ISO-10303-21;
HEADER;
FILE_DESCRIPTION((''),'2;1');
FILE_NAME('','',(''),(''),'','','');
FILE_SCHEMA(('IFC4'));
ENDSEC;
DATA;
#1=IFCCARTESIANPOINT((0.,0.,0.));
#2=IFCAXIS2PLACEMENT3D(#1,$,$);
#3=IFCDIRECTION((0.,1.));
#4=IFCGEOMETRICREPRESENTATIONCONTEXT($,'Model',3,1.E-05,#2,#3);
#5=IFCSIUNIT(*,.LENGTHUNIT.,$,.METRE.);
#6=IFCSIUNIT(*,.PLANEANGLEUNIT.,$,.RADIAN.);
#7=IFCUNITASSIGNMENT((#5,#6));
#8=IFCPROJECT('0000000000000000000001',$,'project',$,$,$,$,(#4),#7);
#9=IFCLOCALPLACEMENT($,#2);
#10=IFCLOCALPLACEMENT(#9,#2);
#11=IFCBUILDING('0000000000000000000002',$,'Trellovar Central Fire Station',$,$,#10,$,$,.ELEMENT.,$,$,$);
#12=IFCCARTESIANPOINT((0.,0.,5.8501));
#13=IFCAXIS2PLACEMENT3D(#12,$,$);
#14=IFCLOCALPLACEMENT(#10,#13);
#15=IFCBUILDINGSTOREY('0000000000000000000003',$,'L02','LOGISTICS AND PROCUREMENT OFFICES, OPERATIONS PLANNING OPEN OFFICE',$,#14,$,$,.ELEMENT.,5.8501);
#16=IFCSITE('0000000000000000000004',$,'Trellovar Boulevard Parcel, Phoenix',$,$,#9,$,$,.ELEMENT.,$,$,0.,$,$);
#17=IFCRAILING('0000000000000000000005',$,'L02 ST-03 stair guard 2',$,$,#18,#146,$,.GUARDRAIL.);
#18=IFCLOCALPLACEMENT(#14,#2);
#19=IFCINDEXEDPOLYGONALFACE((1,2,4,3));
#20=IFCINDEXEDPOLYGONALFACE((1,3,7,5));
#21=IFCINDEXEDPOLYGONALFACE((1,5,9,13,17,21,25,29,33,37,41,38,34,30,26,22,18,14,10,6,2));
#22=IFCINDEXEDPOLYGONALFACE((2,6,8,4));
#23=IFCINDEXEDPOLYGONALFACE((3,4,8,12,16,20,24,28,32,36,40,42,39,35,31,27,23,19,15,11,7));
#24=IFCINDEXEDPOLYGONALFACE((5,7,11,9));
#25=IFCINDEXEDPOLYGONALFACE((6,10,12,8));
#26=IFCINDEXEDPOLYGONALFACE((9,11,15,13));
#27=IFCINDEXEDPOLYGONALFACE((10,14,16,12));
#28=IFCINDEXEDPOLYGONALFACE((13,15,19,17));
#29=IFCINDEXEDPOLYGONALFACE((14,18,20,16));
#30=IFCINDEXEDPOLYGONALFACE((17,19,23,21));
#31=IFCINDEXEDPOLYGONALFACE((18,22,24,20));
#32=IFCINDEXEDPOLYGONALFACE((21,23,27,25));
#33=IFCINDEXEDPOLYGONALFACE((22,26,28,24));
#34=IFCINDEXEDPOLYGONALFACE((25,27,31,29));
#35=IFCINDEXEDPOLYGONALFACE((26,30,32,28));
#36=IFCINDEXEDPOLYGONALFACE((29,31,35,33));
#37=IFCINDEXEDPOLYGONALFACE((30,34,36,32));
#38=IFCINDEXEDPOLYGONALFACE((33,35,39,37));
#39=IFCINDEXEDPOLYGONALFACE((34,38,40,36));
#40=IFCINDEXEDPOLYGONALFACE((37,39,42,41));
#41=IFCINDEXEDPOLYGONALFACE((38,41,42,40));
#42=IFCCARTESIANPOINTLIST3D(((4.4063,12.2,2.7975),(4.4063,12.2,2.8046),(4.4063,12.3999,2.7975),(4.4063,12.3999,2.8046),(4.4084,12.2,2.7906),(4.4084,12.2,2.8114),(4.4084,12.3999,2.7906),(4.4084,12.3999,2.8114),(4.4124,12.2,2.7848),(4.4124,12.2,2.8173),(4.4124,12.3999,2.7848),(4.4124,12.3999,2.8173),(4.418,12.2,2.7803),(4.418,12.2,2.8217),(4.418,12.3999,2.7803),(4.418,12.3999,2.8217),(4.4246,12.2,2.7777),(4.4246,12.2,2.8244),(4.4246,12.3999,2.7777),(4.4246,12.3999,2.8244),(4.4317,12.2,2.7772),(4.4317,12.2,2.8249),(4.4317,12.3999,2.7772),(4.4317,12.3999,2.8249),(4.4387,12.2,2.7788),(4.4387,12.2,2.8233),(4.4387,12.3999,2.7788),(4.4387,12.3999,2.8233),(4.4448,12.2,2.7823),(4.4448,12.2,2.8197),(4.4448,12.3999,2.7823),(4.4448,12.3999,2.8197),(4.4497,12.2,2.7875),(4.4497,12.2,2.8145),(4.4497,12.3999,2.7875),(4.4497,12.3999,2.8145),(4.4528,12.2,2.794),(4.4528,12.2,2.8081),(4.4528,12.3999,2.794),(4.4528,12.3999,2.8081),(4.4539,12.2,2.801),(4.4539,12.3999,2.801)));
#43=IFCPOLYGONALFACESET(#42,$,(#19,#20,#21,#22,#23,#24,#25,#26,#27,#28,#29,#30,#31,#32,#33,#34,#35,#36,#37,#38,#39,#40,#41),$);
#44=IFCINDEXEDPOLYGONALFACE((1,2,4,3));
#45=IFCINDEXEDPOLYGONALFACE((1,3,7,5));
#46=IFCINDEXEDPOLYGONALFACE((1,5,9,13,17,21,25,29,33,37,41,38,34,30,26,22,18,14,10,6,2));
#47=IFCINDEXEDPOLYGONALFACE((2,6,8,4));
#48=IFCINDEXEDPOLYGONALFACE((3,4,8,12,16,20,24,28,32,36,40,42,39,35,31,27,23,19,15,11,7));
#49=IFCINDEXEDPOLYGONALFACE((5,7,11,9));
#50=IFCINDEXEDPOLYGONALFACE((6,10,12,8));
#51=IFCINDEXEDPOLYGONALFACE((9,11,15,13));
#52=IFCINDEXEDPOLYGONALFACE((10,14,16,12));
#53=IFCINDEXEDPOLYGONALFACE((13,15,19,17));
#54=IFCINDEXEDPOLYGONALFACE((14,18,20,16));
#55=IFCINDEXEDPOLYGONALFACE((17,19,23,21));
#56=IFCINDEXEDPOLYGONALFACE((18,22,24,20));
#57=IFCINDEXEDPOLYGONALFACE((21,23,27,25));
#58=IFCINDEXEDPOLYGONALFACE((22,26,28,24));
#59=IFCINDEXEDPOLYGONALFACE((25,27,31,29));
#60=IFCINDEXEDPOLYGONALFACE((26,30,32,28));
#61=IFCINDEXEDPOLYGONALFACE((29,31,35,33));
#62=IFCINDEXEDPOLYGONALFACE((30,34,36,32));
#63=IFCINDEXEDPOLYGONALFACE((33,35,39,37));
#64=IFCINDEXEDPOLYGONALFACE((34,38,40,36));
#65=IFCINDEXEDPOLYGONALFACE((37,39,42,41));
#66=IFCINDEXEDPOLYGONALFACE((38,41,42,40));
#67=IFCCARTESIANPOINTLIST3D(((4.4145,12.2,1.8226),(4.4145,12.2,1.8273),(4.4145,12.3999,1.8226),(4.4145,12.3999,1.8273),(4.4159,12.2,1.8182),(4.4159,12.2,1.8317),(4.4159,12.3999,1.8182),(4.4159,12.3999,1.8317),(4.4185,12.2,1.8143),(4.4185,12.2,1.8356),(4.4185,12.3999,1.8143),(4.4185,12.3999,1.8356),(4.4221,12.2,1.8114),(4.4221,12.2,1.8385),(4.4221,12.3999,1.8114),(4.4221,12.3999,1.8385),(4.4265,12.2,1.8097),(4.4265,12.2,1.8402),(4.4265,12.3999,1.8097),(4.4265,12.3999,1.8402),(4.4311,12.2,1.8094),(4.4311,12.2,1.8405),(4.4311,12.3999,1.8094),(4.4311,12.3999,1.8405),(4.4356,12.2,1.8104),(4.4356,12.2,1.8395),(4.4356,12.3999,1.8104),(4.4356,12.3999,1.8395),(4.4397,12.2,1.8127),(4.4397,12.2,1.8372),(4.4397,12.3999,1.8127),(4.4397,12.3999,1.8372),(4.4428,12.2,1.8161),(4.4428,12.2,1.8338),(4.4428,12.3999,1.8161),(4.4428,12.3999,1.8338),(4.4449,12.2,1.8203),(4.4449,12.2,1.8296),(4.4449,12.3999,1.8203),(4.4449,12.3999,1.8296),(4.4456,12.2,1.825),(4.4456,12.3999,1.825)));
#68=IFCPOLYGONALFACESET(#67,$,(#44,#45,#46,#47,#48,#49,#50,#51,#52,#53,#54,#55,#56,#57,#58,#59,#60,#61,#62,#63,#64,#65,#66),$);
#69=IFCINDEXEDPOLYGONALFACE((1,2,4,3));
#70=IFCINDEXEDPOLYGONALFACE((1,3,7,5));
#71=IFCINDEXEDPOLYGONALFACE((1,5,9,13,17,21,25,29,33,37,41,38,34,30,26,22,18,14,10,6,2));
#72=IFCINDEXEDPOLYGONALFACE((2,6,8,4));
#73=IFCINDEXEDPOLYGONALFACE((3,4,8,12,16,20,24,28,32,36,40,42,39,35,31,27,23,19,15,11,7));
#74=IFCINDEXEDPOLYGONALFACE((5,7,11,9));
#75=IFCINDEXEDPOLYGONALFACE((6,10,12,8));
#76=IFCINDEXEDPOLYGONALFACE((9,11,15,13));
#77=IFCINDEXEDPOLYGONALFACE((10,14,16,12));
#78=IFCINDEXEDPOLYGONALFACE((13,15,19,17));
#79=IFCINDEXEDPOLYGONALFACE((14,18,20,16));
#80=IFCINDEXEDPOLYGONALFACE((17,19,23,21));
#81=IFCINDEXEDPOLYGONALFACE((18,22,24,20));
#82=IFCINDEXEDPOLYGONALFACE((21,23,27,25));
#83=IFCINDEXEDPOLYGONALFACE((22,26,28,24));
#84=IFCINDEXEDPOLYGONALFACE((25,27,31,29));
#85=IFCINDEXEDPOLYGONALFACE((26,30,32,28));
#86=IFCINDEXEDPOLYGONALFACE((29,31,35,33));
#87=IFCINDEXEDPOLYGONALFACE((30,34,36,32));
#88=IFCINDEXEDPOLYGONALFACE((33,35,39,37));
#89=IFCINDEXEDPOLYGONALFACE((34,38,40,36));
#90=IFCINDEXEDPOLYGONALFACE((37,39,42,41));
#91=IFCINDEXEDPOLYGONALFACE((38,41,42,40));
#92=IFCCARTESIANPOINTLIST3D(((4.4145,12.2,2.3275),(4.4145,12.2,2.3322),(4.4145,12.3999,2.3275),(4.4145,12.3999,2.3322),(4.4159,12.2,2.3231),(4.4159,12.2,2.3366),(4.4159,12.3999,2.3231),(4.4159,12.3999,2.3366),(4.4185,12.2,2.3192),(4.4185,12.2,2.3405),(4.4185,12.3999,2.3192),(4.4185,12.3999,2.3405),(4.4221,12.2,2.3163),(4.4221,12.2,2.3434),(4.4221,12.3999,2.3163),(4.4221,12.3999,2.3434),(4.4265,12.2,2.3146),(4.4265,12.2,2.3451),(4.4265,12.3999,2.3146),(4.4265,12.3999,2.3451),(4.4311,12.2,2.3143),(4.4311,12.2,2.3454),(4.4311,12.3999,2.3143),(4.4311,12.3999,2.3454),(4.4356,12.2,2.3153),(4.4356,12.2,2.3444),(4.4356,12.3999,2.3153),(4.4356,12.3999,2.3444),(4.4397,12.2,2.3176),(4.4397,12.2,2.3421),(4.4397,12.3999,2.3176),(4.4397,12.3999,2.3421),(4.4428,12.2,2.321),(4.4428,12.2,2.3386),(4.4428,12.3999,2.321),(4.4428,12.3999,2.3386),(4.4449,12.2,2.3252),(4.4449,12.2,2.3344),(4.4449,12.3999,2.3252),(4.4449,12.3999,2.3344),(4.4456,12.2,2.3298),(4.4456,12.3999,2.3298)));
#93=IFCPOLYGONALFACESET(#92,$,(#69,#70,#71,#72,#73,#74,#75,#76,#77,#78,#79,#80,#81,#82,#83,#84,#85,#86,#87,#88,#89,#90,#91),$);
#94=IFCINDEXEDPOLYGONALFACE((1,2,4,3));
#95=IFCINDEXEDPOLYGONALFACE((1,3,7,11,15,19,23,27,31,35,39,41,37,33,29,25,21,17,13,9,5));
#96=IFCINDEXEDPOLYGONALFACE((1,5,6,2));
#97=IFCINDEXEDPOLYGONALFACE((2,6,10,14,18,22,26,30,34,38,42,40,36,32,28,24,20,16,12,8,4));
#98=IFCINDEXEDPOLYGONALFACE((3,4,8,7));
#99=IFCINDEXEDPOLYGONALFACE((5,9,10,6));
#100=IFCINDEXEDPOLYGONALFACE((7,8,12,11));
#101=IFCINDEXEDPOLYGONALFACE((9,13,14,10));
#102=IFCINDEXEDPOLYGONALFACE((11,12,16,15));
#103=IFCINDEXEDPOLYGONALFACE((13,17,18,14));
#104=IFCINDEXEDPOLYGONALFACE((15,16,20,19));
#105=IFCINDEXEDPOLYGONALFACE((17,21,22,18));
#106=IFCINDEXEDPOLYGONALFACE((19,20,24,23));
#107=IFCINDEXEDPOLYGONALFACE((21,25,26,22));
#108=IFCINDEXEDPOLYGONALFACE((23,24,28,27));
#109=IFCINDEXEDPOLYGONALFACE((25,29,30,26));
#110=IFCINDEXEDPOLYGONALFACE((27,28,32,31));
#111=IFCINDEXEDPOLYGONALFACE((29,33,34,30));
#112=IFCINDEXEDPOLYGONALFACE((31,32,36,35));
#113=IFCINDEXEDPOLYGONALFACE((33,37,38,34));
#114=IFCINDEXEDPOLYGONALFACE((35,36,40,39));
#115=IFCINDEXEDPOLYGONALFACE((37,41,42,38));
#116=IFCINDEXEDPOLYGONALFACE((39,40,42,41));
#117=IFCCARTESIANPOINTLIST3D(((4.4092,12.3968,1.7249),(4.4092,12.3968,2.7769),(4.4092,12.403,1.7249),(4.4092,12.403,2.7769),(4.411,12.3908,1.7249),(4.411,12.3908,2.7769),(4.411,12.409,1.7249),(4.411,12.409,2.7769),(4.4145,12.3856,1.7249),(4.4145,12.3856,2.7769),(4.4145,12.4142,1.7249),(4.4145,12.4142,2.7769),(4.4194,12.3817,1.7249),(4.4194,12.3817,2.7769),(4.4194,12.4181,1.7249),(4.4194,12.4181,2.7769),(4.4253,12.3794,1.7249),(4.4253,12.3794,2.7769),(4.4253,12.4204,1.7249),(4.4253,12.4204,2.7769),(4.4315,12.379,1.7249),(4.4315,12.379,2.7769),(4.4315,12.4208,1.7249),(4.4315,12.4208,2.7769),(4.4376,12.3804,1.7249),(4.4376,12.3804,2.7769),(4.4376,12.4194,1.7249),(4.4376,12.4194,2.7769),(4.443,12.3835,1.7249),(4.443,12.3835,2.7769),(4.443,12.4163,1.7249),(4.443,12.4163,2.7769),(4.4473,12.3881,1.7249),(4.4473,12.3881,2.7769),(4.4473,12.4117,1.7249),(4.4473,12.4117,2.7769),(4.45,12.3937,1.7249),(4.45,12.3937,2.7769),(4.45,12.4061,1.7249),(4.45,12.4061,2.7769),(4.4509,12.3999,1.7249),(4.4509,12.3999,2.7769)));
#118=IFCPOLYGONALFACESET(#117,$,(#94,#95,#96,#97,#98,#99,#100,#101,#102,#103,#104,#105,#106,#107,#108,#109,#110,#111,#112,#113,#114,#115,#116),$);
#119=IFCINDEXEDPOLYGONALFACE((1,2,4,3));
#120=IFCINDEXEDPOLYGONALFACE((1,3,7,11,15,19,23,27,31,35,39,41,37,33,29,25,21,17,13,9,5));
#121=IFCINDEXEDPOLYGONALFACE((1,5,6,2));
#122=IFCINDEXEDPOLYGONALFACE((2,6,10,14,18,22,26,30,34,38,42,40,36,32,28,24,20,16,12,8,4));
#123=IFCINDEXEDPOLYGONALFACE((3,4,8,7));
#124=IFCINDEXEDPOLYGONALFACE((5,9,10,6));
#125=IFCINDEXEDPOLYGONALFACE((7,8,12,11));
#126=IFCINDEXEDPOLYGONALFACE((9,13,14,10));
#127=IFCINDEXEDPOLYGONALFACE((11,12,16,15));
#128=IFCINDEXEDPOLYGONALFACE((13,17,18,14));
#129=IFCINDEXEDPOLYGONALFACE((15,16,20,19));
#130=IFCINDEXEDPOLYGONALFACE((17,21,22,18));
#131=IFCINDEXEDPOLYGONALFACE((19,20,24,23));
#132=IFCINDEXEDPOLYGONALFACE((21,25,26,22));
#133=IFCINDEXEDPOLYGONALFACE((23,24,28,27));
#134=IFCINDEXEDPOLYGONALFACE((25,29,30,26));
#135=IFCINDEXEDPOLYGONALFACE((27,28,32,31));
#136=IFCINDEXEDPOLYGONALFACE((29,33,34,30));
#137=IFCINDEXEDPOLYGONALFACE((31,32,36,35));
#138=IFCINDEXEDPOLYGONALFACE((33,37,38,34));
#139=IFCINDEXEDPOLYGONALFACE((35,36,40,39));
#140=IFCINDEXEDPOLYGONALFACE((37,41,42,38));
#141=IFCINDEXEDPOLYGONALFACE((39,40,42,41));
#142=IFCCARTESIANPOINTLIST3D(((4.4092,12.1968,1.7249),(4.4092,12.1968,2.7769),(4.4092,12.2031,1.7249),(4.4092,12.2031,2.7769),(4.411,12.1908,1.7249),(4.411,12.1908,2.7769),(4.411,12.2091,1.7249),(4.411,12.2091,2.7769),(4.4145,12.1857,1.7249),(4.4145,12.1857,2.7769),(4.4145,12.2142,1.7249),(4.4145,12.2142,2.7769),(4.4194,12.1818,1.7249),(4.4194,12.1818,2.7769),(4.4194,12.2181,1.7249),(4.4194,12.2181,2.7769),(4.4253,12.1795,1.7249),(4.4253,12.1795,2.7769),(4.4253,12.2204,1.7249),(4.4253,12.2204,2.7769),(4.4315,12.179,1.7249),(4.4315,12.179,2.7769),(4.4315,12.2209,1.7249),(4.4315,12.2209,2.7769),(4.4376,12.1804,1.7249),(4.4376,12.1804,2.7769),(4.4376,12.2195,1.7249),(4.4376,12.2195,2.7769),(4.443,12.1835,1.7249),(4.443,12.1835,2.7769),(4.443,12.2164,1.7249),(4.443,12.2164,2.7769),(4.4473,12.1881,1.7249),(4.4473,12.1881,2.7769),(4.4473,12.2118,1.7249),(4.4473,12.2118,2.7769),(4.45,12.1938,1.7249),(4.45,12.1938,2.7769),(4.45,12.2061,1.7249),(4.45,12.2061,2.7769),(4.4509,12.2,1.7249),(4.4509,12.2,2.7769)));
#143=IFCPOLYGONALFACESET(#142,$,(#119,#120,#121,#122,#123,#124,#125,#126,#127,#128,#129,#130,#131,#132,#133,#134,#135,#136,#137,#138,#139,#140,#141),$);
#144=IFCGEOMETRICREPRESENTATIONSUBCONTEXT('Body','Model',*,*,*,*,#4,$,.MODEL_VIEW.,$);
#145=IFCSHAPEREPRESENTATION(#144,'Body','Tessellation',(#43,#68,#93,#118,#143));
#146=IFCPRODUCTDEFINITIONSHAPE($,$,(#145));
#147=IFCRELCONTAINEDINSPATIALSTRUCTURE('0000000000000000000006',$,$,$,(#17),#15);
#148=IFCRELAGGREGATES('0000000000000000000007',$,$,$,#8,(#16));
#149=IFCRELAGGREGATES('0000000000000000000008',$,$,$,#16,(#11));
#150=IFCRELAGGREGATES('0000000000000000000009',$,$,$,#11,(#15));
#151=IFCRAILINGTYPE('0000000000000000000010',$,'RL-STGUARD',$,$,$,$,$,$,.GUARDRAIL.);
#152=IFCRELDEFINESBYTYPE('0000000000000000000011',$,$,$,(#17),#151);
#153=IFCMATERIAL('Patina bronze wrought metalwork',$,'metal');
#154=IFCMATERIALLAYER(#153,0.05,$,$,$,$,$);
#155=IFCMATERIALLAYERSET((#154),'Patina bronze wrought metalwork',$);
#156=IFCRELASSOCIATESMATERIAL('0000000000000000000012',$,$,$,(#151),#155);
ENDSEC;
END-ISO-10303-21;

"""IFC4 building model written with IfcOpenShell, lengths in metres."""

from ifc_helpers import new_model, si_unit, direction, frame, origin, origin_2d, place, context, subcontext, project, spatial, circle, extrude, material, layer, layer_set, type_object, element, save


model = new_model("IFC4")

# Units and contexts
model_context = context("Model", 3, precision=1e-05, world=origin(), true_north=direction((0.0, 1.0)))
body_context = subcontext(model_context, "Body", "Model", "MODEL_VIEW")
ifc_project = project(units=[si_unit("LENGTHUNIT", "METRE"), si_unit("PLANEANGLEUNIT", "RADIAN")], contexts=[model_context])

# Site, building, storey
site_placement = place(None, origin())
site = spatial("IfcSite", under=ifc_project, at=site_placement, Name="Trellovar Boulevard Parcel, Phoenix", CompositionType="ELEMENT", RefElevation=0.0)
building_placement = place(site_placement, origin())
building = spatial("IfcBuilding", under=site, at=building_placement, Name="Trellovar Central Fire Station", CompositionType="ELEMENT")
storey_placement = place(building_placement, frame((0.0, 0.0, 5.8501)))
storey = spatial("IfcBuildingStorey", under=building, at=storey_placement, Name="L02", Description="LOGISTICS AND PROCUREMENT OFFICES, OPERATIONS PLANNING OPEN OFFICE", CompositionType="ELEMENT", Elevation=5.8501)

# Railing
ifc_material_1 = material(Name="Patina bronze wrought metalwork", Category="metal")
ifc_layer_1 = layer(ifc_material_1, 0.05)
ifc_layer_set_1 = layer_set([ifc_layer_1], Name="Patina bronze wrought metalwork")
railing_type_1 = type_object("IfcRailingType", Name="RL-STGUARD", PredefinedType="GUARDRAIL", material=ifc_layer_set_1)
railing_1_placement = place(storey_placement, frame((4.4299, 12.3999, 1.7249)))
element("IfcRailing", 1, at=railing_1_placement, inside=storey, type_object=railing_type_1, Name="L02 ST-03 stair guard 2", PredefinedType="GUARDRAIL", context=body_context, shape_type="SweptSolid", body=[
    extrude(circle(Radius=0.0239, at=origin_2d()), frame((0.0, 0.0, 1.0762), z_axis=(0.0, -1.0, 0.0), x_axis=(1.0, 0.0, 0.0)), (0.0, 0.0, 1.0), 0.2),
    extrude(circle(Radius=0.0156, at=origin_2d()), frame((0.0, 0.0, 0.1001), z_axis=(0.0, -1.0, 0.0), x_axis=(1.0, 0.0, 0.0)), (0.0, 0.0, 1.0), 0.2),
    extrude(circle(Radius=0.0156, at=origin_2d()), frame((0.0, 0.0, 0.605), z_axis=(0.0, -1.0, 0.0), x_axis=(1.0, 0.0, 0.0)), (0.0, 0.0, 1.0), 0.2),
    extrude(circle(Radius=0.021, at=origin_2d()), origin(), (0.0, 0.0, 1.0), 1.052),
    extrude(circle(Radius=0.021, at=origin_2d()), frame((0.0, -0.2, 0.0)), (0.0, 0.0, 1.0), 1.052),
])

save(model, "model.ifc")
